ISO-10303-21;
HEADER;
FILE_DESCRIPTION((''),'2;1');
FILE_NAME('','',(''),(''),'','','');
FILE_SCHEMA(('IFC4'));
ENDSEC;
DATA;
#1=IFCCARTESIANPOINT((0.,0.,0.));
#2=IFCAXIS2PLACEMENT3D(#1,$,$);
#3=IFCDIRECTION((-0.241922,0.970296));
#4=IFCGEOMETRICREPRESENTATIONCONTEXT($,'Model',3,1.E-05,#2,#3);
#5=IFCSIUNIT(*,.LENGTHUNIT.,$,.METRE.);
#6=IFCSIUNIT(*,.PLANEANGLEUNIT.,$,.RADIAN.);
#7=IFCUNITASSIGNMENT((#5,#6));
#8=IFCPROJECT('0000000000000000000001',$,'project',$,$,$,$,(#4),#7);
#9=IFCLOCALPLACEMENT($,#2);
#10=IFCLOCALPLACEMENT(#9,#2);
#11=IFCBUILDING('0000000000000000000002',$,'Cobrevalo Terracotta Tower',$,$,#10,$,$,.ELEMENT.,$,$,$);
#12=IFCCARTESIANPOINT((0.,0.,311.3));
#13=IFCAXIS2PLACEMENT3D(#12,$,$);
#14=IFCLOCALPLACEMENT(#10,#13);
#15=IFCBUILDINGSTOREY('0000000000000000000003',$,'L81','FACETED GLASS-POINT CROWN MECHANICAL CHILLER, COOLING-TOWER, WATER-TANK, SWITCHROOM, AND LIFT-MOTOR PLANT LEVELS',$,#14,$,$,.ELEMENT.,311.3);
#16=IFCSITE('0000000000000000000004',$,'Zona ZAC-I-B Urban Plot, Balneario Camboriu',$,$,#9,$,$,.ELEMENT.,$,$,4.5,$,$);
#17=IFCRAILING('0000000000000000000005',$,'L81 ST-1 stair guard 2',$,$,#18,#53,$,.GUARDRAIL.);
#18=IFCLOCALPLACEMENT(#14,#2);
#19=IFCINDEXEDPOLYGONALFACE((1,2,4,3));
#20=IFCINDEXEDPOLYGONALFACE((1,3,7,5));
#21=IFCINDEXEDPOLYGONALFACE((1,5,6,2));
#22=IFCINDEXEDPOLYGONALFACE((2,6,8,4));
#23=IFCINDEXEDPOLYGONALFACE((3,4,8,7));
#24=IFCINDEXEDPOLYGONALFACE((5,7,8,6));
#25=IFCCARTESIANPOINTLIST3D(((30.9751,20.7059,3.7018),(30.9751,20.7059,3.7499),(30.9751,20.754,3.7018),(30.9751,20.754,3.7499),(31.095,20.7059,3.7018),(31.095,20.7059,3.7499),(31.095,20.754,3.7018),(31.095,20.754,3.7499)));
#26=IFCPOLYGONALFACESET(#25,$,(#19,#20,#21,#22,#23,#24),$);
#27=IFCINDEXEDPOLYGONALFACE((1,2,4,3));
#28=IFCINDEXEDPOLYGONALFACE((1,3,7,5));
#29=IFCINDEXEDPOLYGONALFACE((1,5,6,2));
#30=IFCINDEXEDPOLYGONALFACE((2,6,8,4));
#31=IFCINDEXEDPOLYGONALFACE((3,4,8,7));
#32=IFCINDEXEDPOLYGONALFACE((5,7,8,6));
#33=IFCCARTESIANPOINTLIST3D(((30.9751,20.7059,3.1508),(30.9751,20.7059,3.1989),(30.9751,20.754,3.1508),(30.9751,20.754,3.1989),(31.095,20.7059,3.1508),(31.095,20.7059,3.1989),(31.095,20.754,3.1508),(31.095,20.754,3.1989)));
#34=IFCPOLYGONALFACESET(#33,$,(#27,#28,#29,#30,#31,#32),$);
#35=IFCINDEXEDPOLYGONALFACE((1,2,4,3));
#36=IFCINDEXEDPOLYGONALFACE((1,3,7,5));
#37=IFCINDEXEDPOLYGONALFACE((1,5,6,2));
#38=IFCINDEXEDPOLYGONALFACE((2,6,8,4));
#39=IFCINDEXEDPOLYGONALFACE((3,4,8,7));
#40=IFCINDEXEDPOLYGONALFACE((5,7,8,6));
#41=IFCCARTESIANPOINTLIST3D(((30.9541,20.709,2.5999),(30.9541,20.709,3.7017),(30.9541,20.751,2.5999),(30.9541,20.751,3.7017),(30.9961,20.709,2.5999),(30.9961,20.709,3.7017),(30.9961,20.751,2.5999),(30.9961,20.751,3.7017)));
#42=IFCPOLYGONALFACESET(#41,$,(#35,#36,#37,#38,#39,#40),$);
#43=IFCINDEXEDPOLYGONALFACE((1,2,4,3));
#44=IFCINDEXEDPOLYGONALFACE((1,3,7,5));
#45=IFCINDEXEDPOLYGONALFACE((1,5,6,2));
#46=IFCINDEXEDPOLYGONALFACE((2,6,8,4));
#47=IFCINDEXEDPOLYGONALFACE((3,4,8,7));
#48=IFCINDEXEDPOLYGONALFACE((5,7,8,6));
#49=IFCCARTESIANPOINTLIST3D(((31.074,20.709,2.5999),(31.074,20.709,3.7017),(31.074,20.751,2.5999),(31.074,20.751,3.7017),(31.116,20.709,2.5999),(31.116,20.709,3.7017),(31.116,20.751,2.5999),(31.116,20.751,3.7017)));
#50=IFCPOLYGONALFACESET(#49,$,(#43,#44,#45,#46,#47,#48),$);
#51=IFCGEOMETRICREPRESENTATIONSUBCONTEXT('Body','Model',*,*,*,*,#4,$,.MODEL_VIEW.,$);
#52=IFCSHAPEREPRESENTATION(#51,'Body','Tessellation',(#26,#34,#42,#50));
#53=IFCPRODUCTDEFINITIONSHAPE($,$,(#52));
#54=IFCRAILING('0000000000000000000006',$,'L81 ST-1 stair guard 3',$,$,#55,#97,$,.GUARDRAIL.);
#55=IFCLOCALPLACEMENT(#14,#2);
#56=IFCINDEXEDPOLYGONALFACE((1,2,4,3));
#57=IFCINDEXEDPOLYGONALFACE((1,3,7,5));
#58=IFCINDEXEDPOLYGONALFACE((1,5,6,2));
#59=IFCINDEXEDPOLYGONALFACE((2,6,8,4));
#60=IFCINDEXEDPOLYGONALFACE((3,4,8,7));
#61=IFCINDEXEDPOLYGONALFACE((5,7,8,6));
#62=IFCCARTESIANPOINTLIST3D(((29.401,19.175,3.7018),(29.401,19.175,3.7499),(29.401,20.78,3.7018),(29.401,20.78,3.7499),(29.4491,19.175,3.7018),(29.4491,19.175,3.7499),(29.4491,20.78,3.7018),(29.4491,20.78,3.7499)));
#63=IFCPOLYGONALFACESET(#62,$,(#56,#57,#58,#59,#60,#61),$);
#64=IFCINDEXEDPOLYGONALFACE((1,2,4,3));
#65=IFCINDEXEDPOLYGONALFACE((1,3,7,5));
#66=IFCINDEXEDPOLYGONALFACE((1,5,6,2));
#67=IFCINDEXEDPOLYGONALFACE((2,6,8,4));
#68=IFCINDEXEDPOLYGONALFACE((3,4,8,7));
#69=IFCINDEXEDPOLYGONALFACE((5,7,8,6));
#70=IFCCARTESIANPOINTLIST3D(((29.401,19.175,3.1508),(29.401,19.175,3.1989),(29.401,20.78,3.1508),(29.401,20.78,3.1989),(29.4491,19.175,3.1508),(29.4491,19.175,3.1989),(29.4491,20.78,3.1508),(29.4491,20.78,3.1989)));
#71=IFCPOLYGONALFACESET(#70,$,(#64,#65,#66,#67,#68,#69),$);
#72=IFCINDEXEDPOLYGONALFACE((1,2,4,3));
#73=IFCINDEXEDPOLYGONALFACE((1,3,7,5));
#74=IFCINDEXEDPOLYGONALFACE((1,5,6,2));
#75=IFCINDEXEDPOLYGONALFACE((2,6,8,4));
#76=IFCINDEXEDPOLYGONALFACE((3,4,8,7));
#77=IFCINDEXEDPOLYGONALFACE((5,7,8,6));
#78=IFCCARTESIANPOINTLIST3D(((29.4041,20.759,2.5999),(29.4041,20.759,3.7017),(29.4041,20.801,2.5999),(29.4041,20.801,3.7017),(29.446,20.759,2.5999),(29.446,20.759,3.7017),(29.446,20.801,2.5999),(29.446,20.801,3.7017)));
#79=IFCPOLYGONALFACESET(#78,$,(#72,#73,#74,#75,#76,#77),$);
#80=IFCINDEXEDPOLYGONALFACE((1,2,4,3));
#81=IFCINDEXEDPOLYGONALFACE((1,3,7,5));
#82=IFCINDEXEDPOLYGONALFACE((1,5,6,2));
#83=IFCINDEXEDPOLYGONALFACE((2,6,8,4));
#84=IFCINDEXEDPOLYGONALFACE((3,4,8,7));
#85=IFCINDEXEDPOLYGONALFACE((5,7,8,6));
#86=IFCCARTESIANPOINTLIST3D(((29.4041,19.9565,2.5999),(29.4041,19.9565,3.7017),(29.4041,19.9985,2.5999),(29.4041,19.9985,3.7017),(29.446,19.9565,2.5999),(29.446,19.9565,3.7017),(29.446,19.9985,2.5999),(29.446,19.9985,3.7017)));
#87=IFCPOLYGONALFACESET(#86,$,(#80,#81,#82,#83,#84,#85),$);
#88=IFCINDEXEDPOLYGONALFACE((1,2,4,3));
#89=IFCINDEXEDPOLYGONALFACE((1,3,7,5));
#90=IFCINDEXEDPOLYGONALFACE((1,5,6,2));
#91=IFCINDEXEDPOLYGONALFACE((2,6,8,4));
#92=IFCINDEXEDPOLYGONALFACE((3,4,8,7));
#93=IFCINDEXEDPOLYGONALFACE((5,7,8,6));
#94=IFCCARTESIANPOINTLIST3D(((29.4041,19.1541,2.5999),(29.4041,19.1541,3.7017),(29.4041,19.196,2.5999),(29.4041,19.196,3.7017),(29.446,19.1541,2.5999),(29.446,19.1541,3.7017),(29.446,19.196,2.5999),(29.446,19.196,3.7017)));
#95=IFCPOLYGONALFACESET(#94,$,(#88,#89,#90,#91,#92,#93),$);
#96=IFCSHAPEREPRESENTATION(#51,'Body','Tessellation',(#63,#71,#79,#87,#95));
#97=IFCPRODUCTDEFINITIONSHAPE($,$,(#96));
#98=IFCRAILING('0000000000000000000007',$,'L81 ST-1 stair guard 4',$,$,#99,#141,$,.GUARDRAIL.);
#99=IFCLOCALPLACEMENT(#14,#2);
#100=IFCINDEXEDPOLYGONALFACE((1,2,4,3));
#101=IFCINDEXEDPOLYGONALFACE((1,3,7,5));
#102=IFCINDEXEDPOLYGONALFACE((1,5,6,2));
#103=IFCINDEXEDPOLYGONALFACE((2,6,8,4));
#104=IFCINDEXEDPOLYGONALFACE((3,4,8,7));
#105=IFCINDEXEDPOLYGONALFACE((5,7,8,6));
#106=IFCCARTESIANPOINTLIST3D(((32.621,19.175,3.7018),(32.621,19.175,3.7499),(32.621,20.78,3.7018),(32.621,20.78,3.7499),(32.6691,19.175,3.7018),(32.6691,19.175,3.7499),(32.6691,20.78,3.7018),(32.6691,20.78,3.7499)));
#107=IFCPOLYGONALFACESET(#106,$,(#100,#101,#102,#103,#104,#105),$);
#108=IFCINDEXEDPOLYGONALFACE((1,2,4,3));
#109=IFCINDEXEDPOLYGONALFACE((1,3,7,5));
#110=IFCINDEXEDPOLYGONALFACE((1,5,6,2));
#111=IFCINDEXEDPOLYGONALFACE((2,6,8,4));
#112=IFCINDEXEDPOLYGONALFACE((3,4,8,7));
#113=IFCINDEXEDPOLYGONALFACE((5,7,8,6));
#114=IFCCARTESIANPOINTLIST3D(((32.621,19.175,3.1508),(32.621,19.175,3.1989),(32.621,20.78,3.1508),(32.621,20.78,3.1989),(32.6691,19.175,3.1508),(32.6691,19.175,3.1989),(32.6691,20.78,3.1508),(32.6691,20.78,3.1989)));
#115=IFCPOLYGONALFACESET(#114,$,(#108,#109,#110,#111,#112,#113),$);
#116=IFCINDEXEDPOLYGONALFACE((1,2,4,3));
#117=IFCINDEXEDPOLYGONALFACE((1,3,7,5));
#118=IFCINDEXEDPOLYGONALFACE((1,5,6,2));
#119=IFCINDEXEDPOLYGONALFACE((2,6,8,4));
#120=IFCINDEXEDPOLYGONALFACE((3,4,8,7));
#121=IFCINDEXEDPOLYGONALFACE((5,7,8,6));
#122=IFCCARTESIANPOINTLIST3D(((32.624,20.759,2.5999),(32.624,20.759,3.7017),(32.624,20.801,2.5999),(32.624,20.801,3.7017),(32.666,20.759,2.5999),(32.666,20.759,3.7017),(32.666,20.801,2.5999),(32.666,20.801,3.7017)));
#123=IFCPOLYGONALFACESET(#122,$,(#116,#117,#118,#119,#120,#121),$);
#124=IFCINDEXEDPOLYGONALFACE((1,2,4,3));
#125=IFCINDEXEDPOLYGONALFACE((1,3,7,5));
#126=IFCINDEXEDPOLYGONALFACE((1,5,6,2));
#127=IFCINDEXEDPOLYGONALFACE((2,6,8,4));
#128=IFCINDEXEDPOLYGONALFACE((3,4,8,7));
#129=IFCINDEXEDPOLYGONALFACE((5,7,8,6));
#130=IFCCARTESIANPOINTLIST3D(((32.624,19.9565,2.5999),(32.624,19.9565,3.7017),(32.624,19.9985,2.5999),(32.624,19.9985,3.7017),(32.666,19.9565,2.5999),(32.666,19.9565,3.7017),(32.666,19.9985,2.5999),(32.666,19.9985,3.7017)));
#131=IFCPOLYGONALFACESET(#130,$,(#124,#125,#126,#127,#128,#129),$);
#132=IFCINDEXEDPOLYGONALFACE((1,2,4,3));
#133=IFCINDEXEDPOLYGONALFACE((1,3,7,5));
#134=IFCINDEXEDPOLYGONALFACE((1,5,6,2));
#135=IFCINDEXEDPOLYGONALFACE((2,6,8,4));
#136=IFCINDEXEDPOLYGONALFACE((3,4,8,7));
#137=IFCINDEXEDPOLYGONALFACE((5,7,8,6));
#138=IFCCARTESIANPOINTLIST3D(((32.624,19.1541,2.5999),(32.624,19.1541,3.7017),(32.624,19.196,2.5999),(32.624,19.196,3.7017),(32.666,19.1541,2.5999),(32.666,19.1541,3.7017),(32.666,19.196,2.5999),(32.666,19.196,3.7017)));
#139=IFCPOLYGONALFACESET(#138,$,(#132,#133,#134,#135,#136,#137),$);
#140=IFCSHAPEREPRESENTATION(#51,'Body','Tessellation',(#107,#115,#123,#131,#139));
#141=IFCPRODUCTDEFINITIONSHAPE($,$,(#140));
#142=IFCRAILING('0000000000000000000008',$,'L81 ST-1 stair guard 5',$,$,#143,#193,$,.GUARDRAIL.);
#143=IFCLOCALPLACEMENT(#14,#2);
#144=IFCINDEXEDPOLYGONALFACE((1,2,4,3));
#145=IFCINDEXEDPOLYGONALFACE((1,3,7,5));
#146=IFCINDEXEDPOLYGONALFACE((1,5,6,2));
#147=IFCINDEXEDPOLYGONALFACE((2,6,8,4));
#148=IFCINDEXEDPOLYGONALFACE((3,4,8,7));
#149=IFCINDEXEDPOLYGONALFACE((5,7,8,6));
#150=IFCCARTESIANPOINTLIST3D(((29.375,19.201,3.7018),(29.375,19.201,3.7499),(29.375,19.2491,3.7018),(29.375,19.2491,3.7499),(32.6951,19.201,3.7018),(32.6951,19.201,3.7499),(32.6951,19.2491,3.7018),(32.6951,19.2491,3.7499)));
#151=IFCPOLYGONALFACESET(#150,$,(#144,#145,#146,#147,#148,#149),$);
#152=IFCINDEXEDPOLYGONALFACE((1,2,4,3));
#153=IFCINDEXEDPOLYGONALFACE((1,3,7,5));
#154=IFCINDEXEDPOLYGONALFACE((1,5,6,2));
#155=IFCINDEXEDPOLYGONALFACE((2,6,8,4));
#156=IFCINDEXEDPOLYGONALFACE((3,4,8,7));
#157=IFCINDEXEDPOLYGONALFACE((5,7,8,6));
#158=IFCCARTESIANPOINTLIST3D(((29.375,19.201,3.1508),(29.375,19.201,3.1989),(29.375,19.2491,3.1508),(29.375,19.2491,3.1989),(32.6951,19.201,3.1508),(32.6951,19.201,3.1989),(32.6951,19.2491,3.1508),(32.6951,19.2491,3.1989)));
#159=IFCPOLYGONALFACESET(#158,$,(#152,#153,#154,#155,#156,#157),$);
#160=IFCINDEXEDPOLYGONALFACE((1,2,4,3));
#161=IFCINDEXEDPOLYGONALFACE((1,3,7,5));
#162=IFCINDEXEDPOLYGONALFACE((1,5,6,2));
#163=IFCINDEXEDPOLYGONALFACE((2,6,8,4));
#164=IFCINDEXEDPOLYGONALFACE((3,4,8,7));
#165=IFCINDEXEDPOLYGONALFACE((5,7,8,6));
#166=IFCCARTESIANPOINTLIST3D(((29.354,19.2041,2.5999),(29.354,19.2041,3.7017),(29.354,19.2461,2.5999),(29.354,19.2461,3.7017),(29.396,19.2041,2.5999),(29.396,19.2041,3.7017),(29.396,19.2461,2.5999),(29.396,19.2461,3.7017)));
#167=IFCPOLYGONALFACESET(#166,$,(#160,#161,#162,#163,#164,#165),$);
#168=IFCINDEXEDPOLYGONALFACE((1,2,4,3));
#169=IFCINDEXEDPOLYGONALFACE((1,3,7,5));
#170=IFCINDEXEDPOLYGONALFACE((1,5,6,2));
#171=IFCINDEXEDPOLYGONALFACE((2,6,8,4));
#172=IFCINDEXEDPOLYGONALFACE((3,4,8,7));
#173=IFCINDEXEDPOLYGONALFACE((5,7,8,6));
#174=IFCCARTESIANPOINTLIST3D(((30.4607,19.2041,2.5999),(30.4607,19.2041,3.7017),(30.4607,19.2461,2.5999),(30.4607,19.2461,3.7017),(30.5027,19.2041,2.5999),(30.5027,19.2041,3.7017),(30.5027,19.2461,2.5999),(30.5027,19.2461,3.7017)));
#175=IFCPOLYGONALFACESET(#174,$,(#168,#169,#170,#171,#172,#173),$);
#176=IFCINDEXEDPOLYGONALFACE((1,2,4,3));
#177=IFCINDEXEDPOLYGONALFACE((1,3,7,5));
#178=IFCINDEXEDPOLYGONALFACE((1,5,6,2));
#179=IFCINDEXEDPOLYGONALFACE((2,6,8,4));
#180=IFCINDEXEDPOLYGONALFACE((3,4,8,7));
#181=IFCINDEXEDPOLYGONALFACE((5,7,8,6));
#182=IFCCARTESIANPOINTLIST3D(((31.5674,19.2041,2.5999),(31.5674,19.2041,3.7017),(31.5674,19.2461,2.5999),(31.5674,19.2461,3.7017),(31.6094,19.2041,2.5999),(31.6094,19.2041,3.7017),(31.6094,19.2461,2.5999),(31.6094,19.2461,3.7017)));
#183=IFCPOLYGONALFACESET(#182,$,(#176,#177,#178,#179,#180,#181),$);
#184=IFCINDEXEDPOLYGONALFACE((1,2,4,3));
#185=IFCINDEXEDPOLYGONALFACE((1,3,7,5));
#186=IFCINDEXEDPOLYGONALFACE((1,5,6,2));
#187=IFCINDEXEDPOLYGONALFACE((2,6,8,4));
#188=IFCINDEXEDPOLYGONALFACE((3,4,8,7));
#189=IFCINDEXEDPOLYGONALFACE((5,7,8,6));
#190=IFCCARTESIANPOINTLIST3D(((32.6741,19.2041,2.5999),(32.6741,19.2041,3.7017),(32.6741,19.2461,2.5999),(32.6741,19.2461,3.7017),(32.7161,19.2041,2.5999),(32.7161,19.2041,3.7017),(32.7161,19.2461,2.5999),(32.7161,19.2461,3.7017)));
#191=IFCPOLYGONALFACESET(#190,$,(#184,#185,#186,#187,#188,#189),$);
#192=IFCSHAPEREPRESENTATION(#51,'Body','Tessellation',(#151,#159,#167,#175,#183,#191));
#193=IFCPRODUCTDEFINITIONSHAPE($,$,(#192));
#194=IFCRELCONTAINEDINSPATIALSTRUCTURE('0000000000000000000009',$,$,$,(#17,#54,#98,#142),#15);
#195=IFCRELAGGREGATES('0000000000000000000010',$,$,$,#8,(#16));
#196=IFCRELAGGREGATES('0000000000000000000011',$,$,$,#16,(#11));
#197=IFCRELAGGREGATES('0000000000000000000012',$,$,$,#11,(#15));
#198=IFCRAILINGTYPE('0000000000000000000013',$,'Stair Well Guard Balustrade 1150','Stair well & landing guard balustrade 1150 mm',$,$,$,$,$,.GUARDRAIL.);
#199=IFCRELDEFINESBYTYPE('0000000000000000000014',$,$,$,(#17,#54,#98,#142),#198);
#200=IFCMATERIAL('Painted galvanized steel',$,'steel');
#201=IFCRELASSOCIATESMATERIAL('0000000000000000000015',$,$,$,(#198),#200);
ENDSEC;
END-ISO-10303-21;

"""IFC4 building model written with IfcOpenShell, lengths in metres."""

from ifc_helpers import new_model, si_unit, direction, frame, origin, origin_2d, place, context, subcontext, project, spatial, rectangle, extrude, material, type_object, element, save


model = new_model("IFC4")

# Units and contexts
model_context = context("Model", 3, precision=1e-05, world=origin(), true_north=direction((-0.241922, 0.970296)))
body_context = subcontext(model_context, "Body", "Model", "MODEL_VIEW")
ifc_project = project(units=[si_unit("LENGTHUNIT", "METRE"), si_unit("PLANEANGLEUNIT", "RADIAN")], contexts=[model_context])

# Site, building, storey
site_placement = place(None, origin())
site = spatial("IfcSite", under=ifc_project, at=site_placement, Name="Zona ZAC-I-B Urban Plot, Balneario Camboriu", CompositionType="ELEMENT", RefElevation=4.5)
building_placement = place(site_placement, origin())
building = spatial("IfcBuilding", under=site, at=building_placement, Name="Cobrevalo Terracotta Tower", CompositionType="ELEMENT")
storey_placement = place(building_placement, frame((0.0, 0.0, 311.3)))
storey = spatial("IfcBuildingStorey", under=building, at=storey_placement, Name="L81", Description="FACETED GLASS-POINT CROWN MECHANICAL CHILLER, COOLING-TOWER, WATER-TANK, SWITCHROOM, AND LIFT-MOTOR PLANT LEVELS", CompositionType="ELEMENT", Elevation=311.3)

# Railings
ifc_material_1 = material(Name="Painted galvanized steel", Category="steel")
railing_type_1 = type_object("IfcRailingType", Name="Stair Well Guard Balustrade 1150", Description="Stair well & landing guard balustrade 1150 mm", PredefinedType="GUARDRAIL", material=ifc_material_1)
railing_1_placement = place(storey_placement, frame((30.9751, 20.73, 2.5999)))
element("IfcRailing", 1, at=railing_1_placement, inside=storey, type_object=railing_type_1, Name="L81 ST-1 stair guard 2", PredefinedType="GUARDRAIL", context=body_context, shape_type="SweptSolid", body=[
    extrude(rectangle(XDim=0.0481, YDim=0.0481, at=origin_2d()), frame((0.0, 0.0, 1.126), z_axis=(1.0, 0.0, 0.0), x_axis=(0.0, 1.0, 0.0)), (0.0, 0.0, 1.0), 0.1199),
    extrude(rectangle(XDim=0.0481, YDim=0.0481, at=origin_2d()), frame((0.0, 0.0, 0.575), z_axis=(1.0, 0.0, 0.0), x_axis=(0.0, 1.0, 0.0)), (0.0, 0.0, 1.0), 0.1199),
    extrude(rectangle(XDim=0.042, YDim=0.042, at=origin_2d()), origin(), (0.0, 0.0, 1.0), 1.1018),
    extrude(rectangle(XDim=0.042, YDim=0.042, at=origin_2d()), frame((0.1199, 0.0, 0.0)), (0.0, 0.0, 1.0), 1.1018),
])
for number, where, name in (
    (2, (29.425, 20.78, 2.5999), "L81 ST-1 stair guard 3"),
    (3, (32.645, 20.78, 2.5999), "L81 ST-1 stair guard 4"),
):
    element("IfcRailing", number, at=place(storey_placement, frame(where)), inside=storey, type_object=railing_type_1, Name=name, PredefinedType="GUARDRAIL", context=body_context, shape_type="SweptSolid", body=[
        extrude(rectangle(XDim=0.0481, YDim=0.0481, at=origin_2d()), frame((0.0, 0.0, 1.126), z_axis=(0.0, -1.0, 0.0), x_axis=(1.0, 0.0, 0.0)), (0.0, 0.0, 1.0), 1.605),
        extrude(rectangle(XDim=0.0481, YDim=0.0481, at=origin_2d()), frame((0.0, 0.0, 0.575), z_axis=(0.0, -1.0, 0.0), x_axis=(1.0, 0.0, 0.0)), (0.0, 0.0, 1.0), 1.605),
        extrude(rectangle(XDim=0.042, YDim=0.042, at=origin_2d()), origin(), (0.0, 0.0, 1.0), 1.1018),
        extrude(rectangle(XDim=0.042, YDim=0.042, at=origin_2d()), frame((0.0, -0.8025, 0.0)), (0.0, 0.0, 1.0), 1.1018),
        extrude(rectangle(XDim=0.042, YDim=0.042, at=origin_2d()), frame((0.0, -1.605, 0.0)), (0.0, 0.0, 1.0), 1.1018),
    ])
railing_2_placement = place(storey_placement, frame((29.375, 19.2251, 2.5999)))
element("IfcRailing", 4, at=railing_2_placement, inside=storey, type_object=railing_type_1, Name="L81 ST-1 stair guard 5", PredefinedType="GUARDRAIL", context=body_context, shape_type="SweptSolid", body=[
    extrude(rectangle(XDim=0.0481, YDim=0.0481, at=origin_2d()), frame((0.0, 0.0, 1.126), z_axis=(1.0, 0.0, 0.0), x_axis=(0.0, 1.0, 0.0)), (0.0, 0.0, 1.0), 3.3201),
    extrude(rectangle(XDim=0.0481, YDim=0.0481, at=origin_2d()), frame((0.0, 0.0, 0.575), z_axis=(1.0, 0.0, 0.0), x_axis=(0.0, 1.0, 0.0)), (0.0, 0.0, 1.0), 3.3201),
    extrude(rectangle(XDim=0.042, YDim=0.042, at=origin_2d()), origin(), (0.0, 0.0, 1.0), 1.1018),
    extrude(rectangle(XDim=0.042, YDim=0.042, at=origin_2d()), frame((1.1067, 0.0, 0.0)), (0.0, 0.0, 1.0), 1.1018),
    extrude(rectangle(XDim=0.042, YDim=0.042, at=origin_2d()), frame((2.2134, 0.0, 0.0)), (0.0, 0.0, 1.0), 1.1018),
    extrude(rectangle(XDim=0.042, YDim=0.042, at=origin_2d()), frame((3.3201, 0.0, 0.0)), (0.0, 0.0, 1.0), 1.1018),
])

save(model, "model.ifc")
